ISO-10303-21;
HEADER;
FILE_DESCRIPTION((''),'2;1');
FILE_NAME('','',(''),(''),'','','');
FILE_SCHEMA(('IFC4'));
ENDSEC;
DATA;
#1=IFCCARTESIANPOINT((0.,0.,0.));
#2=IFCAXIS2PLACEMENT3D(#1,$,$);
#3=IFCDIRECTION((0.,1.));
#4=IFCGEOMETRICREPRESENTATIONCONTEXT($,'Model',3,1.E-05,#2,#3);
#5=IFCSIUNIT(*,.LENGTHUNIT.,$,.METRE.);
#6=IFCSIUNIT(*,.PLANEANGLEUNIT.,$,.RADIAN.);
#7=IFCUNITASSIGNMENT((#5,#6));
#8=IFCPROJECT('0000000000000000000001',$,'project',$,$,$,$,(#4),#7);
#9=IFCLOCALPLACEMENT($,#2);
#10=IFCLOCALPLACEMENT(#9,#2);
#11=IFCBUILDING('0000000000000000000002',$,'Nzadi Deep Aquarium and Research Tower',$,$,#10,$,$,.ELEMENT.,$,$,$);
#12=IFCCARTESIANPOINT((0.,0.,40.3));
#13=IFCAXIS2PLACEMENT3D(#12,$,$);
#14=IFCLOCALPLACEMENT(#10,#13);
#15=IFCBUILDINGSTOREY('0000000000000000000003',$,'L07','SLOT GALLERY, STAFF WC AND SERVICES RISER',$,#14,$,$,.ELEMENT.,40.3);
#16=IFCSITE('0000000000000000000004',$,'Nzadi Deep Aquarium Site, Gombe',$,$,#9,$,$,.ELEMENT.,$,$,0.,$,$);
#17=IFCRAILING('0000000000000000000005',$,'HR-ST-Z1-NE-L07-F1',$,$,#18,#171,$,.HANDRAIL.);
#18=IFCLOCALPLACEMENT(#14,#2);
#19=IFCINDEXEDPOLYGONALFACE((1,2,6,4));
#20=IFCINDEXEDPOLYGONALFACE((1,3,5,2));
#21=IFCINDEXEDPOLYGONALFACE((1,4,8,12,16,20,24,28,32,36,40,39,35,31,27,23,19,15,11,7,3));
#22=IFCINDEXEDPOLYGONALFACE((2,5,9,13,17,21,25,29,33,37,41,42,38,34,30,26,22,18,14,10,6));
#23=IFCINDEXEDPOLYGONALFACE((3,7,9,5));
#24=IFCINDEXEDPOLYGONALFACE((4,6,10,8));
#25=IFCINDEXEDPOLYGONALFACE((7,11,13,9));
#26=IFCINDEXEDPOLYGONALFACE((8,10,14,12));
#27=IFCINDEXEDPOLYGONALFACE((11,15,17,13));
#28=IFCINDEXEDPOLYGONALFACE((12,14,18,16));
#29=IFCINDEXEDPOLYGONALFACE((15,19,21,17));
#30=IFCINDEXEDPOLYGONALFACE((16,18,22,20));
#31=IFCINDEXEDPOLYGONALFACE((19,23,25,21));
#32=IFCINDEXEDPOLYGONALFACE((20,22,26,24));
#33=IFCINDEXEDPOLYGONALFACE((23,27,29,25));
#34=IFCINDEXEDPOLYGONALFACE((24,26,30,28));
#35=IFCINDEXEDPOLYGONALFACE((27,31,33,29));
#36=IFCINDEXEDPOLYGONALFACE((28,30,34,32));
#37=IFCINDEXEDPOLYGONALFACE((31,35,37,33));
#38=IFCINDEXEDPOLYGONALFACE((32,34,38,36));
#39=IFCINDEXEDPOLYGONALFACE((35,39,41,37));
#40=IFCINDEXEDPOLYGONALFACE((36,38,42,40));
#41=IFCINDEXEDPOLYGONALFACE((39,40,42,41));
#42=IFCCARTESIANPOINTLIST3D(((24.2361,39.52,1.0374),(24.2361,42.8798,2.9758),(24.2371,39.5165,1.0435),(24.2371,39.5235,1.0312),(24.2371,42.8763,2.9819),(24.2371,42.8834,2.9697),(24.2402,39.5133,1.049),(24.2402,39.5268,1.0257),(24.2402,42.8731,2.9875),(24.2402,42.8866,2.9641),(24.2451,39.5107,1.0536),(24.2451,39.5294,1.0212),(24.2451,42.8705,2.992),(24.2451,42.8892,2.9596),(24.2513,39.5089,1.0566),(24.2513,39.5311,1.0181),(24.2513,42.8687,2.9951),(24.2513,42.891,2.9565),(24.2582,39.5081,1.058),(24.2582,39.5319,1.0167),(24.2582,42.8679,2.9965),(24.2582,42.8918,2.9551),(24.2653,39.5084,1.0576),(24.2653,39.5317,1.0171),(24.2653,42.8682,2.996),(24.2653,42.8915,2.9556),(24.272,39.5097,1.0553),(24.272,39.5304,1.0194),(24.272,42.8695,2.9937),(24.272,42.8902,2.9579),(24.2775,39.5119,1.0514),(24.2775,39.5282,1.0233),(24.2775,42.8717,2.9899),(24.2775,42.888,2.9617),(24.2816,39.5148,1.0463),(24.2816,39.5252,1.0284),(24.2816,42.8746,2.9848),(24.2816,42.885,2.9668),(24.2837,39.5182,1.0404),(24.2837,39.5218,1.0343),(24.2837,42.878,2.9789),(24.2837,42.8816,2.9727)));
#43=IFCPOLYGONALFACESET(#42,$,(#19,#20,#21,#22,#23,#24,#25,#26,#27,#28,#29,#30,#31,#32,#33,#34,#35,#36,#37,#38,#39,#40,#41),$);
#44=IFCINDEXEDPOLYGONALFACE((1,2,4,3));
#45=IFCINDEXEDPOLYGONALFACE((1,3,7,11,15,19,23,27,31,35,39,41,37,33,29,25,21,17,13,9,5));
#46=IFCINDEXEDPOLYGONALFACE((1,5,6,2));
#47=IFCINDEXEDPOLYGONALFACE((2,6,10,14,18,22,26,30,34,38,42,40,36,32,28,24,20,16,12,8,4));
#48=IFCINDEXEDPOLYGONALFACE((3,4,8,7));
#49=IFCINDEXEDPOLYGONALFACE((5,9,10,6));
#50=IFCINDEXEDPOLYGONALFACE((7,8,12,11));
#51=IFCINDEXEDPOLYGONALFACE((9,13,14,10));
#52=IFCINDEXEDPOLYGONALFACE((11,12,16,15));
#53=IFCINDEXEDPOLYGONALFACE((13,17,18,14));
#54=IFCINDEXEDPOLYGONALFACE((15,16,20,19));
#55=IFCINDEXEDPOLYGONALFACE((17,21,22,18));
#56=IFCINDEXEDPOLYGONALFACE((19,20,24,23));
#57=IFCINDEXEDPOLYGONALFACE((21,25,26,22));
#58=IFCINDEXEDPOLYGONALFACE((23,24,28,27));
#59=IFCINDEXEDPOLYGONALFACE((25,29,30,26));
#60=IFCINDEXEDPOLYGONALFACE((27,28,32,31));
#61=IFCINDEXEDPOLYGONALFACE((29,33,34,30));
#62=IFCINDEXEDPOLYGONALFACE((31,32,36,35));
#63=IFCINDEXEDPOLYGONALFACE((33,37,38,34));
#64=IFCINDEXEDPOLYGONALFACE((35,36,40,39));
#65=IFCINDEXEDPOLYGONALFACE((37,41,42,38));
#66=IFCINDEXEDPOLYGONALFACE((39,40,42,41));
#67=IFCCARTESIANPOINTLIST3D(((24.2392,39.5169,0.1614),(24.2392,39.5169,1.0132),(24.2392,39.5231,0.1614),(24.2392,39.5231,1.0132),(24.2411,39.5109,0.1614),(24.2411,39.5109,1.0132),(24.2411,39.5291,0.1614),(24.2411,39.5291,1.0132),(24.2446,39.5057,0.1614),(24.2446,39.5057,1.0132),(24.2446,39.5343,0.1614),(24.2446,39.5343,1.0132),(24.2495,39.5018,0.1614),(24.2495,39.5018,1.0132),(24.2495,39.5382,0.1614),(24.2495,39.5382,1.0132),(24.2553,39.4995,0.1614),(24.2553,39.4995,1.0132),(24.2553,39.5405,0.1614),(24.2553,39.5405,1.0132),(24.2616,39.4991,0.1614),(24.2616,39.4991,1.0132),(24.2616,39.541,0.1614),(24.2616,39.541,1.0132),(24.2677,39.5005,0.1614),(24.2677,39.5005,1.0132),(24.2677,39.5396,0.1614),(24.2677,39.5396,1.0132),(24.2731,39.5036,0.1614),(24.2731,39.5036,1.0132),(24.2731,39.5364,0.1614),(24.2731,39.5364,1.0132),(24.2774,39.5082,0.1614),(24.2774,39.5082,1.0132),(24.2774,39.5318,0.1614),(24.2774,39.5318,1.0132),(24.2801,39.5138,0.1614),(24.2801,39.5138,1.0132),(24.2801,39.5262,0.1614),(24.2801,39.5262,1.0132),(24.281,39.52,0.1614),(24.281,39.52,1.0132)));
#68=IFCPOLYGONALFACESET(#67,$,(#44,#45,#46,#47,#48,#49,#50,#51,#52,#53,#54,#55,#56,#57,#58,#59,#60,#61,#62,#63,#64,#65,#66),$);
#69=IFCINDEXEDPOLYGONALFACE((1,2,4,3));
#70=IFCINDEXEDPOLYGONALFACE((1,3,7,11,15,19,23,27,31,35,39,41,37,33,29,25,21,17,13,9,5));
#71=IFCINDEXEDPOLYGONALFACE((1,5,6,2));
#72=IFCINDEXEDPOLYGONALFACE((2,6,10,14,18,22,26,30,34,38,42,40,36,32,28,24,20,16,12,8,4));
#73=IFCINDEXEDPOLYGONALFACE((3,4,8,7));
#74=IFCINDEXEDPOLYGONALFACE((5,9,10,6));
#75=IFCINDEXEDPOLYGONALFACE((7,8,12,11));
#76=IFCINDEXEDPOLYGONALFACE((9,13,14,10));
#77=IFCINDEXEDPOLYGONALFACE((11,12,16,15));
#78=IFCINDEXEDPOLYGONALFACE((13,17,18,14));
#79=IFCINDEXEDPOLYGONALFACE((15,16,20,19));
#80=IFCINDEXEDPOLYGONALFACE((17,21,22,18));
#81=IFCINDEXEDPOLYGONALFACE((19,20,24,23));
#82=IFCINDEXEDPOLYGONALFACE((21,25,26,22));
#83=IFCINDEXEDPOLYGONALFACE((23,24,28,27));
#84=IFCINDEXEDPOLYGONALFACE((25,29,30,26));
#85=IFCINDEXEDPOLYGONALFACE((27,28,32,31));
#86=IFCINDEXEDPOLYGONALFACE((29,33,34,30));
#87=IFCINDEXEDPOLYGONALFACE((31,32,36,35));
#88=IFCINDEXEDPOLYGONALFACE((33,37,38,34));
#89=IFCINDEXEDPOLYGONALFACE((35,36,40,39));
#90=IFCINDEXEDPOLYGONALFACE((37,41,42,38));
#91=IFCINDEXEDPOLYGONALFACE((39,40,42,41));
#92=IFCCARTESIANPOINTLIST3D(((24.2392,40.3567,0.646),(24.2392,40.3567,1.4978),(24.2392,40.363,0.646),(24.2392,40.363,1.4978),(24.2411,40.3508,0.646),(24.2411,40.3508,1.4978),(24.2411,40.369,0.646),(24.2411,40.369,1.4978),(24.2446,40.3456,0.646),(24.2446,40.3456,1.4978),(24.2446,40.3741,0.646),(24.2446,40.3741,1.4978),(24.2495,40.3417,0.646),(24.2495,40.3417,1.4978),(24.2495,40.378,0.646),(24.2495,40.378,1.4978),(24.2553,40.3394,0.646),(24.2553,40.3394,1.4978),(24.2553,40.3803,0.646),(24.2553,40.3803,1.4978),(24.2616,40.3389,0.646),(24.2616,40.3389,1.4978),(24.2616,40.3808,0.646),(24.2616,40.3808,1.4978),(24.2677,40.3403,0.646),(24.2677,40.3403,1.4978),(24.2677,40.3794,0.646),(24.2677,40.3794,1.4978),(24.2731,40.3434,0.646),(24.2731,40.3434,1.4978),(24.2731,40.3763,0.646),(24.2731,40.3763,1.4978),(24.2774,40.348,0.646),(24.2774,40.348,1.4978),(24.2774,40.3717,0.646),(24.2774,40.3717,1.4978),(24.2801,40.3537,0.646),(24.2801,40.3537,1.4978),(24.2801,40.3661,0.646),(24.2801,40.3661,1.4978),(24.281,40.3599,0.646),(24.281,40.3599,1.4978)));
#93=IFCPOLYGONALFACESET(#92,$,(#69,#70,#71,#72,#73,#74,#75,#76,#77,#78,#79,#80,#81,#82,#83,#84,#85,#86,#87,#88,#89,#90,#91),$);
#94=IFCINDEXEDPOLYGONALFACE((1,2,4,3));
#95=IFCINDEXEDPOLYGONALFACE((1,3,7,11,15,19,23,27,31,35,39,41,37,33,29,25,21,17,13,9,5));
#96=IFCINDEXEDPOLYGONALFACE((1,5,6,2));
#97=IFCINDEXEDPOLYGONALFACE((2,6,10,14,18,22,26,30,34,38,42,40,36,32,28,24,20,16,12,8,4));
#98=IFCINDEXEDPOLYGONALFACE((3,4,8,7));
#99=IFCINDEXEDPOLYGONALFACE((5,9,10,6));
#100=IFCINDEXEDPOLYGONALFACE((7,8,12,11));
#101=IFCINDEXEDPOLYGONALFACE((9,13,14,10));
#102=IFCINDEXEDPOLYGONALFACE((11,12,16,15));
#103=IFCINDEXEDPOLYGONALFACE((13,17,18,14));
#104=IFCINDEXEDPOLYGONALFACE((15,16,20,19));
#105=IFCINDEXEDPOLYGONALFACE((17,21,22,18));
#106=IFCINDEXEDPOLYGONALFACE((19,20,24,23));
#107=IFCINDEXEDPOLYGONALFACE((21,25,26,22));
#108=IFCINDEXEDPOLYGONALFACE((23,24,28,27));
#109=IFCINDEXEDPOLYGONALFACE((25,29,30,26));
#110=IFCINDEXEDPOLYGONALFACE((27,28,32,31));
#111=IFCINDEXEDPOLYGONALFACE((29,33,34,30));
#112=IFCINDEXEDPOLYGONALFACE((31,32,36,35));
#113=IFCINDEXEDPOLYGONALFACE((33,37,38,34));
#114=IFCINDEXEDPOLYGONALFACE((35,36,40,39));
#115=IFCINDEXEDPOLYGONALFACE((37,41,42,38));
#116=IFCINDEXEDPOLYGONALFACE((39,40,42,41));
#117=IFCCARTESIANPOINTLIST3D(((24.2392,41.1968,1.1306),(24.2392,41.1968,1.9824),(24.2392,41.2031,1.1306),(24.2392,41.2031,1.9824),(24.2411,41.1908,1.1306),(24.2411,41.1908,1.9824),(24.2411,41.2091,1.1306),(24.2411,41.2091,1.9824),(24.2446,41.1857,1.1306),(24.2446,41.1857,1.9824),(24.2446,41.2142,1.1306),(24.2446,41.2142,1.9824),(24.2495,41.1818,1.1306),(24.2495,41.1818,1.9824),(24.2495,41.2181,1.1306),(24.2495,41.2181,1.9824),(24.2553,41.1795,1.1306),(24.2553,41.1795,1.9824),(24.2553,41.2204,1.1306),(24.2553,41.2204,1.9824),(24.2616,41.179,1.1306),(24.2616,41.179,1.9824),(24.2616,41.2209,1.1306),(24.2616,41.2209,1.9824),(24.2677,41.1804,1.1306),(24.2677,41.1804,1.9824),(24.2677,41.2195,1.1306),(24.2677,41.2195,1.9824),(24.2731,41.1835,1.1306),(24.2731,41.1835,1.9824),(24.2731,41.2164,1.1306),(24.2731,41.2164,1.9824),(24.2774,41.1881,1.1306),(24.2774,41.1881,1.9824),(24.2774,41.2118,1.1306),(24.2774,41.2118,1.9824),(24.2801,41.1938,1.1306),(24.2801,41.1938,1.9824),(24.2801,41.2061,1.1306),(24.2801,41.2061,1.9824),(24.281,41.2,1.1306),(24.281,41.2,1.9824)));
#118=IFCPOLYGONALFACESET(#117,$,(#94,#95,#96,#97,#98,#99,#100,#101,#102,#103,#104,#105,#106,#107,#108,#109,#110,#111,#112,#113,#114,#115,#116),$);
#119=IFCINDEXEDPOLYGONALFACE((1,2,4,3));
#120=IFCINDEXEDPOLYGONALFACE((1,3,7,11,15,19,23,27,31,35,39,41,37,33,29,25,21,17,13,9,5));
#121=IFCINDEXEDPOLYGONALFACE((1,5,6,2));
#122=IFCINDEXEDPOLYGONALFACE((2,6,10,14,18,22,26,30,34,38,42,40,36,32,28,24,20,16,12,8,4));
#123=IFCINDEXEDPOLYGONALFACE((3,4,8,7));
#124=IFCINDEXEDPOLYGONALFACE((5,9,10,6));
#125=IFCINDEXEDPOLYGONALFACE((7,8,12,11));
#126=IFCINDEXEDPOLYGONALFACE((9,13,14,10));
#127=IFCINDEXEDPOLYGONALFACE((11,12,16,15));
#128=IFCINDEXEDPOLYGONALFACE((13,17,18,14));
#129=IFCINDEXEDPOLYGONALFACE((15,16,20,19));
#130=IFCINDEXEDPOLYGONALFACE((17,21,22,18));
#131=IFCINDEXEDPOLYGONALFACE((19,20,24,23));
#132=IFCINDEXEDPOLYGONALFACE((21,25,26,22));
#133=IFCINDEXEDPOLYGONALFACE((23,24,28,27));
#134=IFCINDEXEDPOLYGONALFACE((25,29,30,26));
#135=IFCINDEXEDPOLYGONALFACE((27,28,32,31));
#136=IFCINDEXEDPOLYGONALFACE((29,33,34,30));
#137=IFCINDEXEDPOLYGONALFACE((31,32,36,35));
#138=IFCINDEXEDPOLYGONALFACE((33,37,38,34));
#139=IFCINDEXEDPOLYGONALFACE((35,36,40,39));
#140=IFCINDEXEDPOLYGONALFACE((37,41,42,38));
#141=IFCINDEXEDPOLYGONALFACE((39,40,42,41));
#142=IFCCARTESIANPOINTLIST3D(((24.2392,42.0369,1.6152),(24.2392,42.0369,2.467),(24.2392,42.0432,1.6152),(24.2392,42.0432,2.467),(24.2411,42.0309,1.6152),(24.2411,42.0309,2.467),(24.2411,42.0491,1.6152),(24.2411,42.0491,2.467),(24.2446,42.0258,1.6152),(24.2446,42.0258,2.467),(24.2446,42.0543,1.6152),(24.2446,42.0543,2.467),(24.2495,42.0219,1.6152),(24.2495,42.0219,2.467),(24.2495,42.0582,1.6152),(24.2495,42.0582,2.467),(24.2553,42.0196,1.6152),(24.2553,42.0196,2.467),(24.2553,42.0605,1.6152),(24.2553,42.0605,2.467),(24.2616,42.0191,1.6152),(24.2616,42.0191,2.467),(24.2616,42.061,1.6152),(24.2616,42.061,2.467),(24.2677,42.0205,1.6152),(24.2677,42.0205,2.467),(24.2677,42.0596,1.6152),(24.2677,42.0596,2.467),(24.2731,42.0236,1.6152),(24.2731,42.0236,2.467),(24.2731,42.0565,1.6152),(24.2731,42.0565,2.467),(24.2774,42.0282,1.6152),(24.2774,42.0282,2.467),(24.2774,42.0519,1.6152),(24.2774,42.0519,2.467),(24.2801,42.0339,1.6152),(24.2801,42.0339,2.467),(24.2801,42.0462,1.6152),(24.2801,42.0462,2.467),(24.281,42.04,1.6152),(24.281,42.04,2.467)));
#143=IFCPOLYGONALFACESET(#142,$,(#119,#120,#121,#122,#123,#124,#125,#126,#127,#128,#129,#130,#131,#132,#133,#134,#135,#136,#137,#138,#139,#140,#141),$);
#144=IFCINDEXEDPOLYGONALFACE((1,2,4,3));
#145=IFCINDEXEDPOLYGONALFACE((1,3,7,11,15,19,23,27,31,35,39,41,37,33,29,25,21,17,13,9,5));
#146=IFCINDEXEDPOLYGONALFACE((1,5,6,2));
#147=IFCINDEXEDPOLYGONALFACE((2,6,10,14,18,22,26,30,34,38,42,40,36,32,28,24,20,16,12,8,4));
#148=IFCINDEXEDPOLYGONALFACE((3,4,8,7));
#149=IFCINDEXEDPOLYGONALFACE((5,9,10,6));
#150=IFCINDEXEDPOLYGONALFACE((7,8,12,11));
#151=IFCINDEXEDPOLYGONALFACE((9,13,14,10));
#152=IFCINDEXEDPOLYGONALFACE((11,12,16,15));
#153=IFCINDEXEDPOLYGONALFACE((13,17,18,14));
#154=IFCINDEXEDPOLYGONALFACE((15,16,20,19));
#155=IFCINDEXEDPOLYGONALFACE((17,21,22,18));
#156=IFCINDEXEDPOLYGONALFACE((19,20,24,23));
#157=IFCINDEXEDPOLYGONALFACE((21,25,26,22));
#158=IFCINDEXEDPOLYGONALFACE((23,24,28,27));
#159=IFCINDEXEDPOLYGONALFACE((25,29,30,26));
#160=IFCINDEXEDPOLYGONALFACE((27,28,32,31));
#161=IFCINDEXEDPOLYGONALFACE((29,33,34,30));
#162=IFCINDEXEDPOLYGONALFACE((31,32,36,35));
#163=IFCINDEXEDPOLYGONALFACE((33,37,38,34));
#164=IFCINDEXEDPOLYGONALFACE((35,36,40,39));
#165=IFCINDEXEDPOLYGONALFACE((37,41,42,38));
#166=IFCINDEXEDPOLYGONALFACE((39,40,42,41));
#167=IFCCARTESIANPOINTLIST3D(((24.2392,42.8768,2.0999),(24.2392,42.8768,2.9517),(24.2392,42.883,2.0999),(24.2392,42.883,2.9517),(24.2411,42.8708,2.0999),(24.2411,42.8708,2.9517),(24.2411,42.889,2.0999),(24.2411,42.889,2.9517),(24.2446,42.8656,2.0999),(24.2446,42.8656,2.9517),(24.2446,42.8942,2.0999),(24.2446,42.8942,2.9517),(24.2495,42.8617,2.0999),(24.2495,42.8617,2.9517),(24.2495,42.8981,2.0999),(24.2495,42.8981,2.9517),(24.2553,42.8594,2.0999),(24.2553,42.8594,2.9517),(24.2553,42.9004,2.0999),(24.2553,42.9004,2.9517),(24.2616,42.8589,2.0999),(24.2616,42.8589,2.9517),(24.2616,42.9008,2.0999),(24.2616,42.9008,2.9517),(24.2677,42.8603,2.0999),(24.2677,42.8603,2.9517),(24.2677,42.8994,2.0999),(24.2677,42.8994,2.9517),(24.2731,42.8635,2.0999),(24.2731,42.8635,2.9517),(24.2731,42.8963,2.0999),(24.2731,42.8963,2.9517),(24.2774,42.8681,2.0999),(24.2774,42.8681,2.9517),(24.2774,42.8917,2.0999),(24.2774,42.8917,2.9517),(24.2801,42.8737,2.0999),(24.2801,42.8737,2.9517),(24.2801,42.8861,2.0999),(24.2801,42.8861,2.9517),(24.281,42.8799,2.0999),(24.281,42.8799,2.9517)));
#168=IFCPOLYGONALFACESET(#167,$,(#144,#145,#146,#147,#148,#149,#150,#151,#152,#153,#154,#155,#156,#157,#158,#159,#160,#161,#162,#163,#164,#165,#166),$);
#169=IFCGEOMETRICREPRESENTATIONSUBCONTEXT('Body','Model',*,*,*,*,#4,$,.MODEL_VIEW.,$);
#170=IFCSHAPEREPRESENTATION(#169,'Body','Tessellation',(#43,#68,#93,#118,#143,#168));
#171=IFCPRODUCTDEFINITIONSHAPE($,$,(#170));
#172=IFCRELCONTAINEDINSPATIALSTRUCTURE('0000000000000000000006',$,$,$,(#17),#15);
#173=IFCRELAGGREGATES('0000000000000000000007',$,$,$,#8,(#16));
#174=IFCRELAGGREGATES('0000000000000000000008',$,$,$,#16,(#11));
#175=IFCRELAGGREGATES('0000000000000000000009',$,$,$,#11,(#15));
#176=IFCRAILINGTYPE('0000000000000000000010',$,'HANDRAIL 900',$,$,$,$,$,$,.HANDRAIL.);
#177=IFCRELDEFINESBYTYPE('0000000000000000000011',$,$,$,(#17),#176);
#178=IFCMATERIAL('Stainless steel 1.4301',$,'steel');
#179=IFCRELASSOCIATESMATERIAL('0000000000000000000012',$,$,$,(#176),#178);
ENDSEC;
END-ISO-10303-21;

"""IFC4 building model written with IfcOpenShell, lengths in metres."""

from ifc_helpers import new_model, si_unit, direction, frame, origin, origin_2d, place, context, subcontext, project, spatial, circle, extrude, material, type_object, element, save


model = new_model("IFC4")

# Units and contexts
model_context = context("Model", 3, precision=1e-05, world=origin(), true_north=direction((0.0, 1.0)))
body_context = subcontext(model_context, "Body", "Model", "MODEL_VIEW")
ifc_project = project(units=[si_unit("LENGTHUNIT", "METRE"), si_unit("PLANEANGLEUNIT", "RADIAN")], contexts=[model_context])

# Site, building, storey
site_placement = place(None, origin())
site = spatial("IfcSite", under=ifc_project, at=site_placement, Name="Nzadi Deep Aquarium Site, Gombe", CompositionType="ELEMENT", RefElevation=0.0)
building_placement = place(site_placement, origin())
building = spatial("IfcBuilding", under=site, at=building_placement, Name="Nzadi Deep Aquarium and Research Tower", CompositionType="ELEMENT")
storey_placement = place(building_placement, frame((0.0, 0.0, 40.3)))
storey = spatial("IfcBuildingStorey", under=building, at=storey_placement, Name="L07", Description="SLOT GALLERY, STAFF WC AND SERVICES RISER", CompositionType="ELEMENT", Elevation=40.3)

# Railing
ifc_material_1 = material(Name="Stainless steel 1.4301", Category="steel")
railing_type = type_object("IfcRailingType", Name="HANDRAIL 900", PredefinedType="HANDRAIL", material=ifc_material_1)
for number, where, name in (
    (1, (24.26, 39.52, 0.1614), "HR-ST-Z1-NE-L07-F1"),
):
    element("IfcRailing", number, at=place(storey_placement, frame(where)), inside=storey, type_object=railing_type, Name=name, PredefinedType="HANDRAIL", context=body_context, shape_type="SweptSolid", body=[
        extrude(circle(Radius=0.0239, at=origin_2d()), frame((0.0, 0.0, 0.876), z_axis=(0.0, 0.866175, 0.499741), x_axis=(-1.0, 0.0, 0.0)), (0.0, 0.0, 1.0), 3.8789),
        extrude(circle(Radius=0.021, at=origin_2d()), origin(), (0.0, 0.0, 1.0), 0.8518),
        extrude(circle(Radius=0.021, at=origin_2d()), frame((0.0, 0.8398, 0.4846)), (0.0, 0.0, 1.0), 0.8518),
        extrude(circle(Radius=0.021, at=origin_2d()), frame((0.0, 1.6799, 0.9692)), (0.0, 0.0, 1.0), 0.8518),
        extrude(circle(Radius=0.021, at=origin_2d()), frame((0.0, 2.52, 1.4539)), (0.0, 0.0, 1.0), 0.8518),
        extrude(circle(Radius=0.021, at=origin_2d()), frame((0.0, 3.3599, 1.9385)), (0.0, 0.0, 1.0), 0.8518),
    ])

save(model, "model.ifc")
